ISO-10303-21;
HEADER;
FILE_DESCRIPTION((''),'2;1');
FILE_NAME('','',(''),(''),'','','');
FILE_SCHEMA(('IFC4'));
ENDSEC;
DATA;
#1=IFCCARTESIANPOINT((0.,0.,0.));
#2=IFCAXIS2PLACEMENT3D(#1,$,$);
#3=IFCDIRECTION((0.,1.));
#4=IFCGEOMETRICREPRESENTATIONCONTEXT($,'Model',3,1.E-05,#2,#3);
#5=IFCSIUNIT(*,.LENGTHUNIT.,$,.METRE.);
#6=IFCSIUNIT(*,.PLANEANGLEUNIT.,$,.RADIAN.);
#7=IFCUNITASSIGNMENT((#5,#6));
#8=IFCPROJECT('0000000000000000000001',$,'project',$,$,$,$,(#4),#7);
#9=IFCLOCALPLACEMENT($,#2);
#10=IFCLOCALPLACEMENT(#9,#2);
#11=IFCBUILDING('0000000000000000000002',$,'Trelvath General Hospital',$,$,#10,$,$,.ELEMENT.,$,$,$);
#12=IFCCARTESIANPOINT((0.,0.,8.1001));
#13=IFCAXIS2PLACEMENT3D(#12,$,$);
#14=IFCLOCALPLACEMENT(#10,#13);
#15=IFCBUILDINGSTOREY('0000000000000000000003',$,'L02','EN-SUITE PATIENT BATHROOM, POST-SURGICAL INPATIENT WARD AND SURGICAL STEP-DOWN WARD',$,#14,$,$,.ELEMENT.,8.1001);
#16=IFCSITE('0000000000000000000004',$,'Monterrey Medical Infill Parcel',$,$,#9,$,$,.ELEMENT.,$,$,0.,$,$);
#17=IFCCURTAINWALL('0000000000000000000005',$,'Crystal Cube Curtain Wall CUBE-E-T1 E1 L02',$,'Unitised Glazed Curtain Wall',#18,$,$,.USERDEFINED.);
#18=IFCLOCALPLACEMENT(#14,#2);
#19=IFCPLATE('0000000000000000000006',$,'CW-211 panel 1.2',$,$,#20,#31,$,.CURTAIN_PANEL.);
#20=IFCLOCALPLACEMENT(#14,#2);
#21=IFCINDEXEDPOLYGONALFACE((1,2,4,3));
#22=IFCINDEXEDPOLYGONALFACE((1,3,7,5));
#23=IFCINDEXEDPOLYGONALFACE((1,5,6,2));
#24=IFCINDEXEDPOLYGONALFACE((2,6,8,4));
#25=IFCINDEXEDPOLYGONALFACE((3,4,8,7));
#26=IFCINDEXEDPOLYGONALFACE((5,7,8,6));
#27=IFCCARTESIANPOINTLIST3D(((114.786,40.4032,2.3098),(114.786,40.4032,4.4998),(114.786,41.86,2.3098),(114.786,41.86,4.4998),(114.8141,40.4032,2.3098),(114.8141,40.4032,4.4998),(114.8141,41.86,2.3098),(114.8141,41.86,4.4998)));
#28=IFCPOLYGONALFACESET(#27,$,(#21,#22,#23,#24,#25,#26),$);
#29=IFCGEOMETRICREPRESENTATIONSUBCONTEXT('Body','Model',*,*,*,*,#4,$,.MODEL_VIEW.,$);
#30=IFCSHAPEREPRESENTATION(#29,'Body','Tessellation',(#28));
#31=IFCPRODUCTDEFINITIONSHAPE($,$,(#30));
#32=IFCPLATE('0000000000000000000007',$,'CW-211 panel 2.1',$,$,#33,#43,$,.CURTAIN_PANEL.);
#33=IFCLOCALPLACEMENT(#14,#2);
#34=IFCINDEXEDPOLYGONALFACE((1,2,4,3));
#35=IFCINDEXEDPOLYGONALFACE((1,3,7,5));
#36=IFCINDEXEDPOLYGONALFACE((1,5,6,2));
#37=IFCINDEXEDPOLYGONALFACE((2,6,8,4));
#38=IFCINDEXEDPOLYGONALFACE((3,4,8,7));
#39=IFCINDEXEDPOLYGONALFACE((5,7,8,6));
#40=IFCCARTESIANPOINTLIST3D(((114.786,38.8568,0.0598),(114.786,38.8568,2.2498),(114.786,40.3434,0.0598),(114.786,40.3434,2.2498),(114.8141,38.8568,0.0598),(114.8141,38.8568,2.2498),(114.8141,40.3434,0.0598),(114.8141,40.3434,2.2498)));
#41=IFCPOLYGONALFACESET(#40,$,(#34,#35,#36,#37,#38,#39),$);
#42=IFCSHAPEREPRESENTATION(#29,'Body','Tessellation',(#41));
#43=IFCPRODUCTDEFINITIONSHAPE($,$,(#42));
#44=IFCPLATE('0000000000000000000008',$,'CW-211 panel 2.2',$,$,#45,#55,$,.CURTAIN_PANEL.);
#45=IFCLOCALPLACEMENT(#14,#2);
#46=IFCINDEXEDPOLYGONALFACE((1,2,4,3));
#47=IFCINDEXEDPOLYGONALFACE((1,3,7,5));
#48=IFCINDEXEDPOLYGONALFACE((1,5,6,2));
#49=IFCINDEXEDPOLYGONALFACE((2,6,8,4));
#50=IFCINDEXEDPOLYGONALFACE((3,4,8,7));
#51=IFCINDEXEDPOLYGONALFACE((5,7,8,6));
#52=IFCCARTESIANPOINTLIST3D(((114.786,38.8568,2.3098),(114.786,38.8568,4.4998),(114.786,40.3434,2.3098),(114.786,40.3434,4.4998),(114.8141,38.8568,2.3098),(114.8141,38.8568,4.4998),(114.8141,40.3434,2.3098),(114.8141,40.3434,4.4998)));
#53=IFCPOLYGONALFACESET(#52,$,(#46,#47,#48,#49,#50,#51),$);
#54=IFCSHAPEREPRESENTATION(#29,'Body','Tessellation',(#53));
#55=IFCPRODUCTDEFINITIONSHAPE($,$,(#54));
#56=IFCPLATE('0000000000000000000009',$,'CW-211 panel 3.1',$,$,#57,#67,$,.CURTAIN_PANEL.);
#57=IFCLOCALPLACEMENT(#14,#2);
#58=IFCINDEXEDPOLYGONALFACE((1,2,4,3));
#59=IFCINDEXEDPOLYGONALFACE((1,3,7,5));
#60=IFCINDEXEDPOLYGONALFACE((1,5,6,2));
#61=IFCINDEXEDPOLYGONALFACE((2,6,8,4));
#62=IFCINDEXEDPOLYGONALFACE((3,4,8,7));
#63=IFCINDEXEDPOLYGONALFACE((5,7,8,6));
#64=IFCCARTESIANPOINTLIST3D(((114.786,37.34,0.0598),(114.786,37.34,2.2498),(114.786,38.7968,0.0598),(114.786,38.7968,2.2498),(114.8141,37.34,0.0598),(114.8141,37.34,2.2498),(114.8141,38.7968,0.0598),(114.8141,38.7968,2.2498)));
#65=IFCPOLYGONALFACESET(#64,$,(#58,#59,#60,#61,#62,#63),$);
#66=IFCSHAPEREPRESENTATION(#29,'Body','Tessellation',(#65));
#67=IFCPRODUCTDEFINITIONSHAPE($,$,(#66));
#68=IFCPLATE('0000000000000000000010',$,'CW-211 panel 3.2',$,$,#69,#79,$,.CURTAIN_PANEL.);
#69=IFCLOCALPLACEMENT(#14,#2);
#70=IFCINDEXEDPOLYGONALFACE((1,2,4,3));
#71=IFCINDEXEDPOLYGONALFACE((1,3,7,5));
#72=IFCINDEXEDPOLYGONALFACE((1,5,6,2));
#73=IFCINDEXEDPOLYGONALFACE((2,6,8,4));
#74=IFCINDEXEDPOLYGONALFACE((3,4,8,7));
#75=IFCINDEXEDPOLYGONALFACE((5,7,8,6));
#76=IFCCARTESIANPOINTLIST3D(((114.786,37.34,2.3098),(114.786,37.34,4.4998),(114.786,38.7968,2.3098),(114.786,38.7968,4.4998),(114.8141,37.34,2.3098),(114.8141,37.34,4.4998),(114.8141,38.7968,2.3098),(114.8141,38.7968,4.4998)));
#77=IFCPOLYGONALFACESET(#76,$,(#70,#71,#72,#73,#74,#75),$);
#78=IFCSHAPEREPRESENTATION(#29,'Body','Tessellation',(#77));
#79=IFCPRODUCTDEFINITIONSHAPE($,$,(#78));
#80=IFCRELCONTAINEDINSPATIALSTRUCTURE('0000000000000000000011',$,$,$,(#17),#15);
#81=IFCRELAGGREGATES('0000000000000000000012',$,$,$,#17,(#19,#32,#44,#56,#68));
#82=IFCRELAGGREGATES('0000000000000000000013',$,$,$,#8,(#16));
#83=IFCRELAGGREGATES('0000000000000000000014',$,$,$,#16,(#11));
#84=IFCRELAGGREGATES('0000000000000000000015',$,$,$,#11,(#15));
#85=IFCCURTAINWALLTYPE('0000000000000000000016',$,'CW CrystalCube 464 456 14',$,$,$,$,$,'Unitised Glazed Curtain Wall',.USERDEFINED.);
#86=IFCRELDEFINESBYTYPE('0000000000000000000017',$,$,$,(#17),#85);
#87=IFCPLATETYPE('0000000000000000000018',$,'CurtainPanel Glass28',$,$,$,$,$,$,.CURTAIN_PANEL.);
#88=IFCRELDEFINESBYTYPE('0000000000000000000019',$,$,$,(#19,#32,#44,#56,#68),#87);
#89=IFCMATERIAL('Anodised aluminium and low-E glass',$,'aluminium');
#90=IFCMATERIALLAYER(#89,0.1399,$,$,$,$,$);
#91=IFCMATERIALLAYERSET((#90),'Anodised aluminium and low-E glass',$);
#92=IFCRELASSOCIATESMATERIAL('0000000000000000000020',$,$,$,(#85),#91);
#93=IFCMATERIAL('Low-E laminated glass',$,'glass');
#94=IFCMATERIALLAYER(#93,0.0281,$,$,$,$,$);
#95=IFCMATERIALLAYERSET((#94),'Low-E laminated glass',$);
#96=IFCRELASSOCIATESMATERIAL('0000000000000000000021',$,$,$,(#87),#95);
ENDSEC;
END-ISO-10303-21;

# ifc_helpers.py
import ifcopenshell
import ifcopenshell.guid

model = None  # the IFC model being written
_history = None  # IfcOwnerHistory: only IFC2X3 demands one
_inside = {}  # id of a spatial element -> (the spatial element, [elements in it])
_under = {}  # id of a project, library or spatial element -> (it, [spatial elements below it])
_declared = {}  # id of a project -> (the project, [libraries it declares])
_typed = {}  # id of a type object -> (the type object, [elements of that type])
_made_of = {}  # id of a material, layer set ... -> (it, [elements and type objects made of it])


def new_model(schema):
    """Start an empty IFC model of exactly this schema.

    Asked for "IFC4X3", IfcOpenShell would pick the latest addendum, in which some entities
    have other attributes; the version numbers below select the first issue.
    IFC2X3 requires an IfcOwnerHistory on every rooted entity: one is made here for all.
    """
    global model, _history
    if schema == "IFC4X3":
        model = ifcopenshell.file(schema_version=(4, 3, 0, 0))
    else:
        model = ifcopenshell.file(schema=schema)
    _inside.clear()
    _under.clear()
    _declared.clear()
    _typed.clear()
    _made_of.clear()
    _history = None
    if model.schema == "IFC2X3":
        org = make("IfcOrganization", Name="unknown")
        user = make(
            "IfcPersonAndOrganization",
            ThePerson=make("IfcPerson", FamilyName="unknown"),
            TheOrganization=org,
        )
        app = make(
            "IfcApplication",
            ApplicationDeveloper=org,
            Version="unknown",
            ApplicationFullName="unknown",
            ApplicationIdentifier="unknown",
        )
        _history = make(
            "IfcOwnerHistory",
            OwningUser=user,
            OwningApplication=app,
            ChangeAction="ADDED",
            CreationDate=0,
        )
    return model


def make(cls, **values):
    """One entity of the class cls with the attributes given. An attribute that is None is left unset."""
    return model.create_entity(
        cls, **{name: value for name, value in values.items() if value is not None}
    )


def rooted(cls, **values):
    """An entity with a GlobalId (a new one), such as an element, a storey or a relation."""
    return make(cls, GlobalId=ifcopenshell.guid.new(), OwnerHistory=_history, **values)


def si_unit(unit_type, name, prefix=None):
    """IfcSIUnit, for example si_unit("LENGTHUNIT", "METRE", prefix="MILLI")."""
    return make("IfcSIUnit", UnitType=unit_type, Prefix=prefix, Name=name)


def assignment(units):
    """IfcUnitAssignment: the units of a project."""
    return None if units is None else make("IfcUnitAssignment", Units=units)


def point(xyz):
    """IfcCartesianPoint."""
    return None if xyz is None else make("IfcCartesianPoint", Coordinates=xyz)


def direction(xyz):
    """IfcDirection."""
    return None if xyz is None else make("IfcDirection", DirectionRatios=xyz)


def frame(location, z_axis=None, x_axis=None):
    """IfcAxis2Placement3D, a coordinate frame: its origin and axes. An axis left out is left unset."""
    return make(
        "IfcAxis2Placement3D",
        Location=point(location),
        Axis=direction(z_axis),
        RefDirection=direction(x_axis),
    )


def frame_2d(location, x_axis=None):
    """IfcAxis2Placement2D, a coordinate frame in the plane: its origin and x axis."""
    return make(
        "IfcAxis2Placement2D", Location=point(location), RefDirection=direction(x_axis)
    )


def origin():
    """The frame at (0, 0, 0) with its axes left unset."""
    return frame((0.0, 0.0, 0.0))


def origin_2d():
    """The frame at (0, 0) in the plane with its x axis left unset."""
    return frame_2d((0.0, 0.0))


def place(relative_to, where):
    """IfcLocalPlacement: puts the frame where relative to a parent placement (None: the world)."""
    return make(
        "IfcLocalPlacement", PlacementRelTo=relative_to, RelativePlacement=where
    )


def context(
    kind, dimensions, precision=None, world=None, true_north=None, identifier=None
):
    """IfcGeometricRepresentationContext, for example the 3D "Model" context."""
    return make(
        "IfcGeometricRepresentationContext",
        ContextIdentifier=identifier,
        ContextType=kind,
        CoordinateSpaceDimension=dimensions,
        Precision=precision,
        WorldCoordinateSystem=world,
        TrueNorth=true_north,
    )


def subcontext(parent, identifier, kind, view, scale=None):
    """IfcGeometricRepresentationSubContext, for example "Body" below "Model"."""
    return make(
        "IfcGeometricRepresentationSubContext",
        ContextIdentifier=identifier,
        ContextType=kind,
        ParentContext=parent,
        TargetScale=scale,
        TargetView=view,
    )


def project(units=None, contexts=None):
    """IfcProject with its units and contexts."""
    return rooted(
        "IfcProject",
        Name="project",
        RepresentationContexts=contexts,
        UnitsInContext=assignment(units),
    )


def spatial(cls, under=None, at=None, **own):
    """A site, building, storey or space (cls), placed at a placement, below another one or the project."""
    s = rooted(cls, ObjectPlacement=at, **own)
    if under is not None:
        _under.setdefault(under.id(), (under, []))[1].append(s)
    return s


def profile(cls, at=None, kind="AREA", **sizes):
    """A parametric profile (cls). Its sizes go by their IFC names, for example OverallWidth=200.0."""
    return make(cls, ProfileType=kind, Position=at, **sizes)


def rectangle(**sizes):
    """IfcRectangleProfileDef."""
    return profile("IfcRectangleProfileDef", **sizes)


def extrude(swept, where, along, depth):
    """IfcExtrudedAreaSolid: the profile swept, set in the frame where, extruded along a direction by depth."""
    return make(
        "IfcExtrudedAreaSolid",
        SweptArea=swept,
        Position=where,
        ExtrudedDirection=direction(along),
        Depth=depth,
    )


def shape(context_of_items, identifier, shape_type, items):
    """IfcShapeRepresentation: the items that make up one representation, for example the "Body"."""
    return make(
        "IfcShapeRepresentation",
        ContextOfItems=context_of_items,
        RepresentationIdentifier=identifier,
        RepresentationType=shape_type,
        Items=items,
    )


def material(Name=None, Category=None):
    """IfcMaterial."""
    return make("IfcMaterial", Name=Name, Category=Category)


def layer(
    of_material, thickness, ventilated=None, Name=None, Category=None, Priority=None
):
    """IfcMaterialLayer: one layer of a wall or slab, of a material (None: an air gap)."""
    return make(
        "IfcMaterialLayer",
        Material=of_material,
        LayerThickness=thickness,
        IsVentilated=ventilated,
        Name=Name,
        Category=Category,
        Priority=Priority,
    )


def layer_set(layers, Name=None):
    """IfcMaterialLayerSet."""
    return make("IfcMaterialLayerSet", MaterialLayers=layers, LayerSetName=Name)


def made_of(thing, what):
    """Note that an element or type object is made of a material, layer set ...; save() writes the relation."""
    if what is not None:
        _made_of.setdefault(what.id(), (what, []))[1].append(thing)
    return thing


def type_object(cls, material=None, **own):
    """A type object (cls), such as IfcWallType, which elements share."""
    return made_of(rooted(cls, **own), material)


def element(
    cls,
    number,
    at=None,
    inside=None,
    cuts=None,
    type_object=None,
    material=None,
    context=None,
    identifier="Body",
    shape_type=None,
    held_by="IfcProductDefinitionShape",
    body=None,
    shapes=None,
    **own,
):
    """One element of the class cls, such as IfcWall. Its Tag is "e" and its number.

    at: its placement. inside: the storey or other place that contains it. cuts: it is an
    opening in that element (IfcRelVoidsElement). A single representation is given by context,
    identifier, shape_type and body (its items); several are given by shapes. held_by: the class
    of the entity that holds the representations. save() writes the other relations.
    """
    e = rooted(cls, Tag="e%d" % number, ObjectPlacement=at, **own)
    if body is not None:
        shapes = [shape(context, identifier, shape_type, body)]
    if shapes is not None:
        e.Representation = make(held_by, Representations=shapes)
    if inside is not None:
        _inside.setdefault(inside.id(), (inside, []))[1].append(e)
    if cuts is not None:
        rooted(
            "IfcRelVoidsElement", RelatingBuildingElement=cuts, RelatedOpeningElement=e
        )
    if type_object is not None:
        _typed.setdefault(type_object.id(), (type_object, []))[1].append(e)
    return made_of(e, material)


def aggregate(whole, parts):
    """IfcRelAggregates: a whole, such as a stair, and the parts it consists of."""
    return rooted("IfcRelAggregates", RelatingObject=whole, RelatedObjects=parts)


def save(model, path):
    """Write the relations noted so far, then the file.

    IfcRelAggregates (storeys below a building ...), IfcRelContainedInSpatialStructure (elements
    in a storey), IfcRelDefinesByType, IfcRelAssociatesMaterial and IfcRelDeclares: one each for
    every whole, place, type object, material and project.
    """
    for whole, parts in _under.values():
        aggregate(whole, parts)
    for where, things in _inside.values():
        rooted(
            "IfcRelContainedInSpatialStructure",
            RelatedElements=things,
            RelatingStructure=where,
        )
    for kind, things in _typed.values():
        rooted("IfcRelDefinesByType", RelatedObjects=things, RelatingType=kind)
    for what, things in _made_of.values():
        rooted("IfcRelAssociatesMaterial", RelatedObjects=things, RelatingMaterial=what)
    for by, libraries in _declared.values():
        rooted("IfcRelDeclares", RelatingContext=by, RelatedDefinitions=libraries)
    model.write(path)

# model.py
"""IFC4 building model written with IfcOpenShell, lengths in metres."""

from ifc_helpers import new_model, si_unit, direction, frame, origin, origin_2d, place, context, subcontext, project, spatial, rectangle, extrude, material, layer, layer_set, type_object, element, aggregate, save


model = new_model("IFC4")

# Units and contexts
model_context = context("Model", 3, precision=1e-05, world=origin(), true_north=direction((0.0, 1.0)))
body_context = subcontext(model_context, "Body", "Model", "MODEL_VIEW")
ifc_project = project(units=[si_unit("LENGTHUNIT", "METRE"), si_unit("PLANEANGLEUNIT", "RADIAN")], contexts=[model_context])

# Site, building, storey
site_placement = place(None, origin())
site = spatial("IfcSite", under=ifc_project, at=site_placement, Name="Monterrey Medical Infill Parcel", CompositionType="ELEMENT", RefElevation=0.0)
building_placement = place(site_placement, origin())
building = spatial("IfcBuilding", under=site, at=building_placement, Name="Trelvath General Hospital", CompositionType="ELEMENT")
storey_placement = place(building_placement, frame((0.0, 0.0, 8.1001)))
storey = spatial("IfcBuildingStorey", under=building, at=storey_placement, Name="L02", Description="EN-SUITE PATIENT BATHROOM, POST-SURGICAL INPATIENT WARD AND SURGICAL STEP-DOWN WARD", CompositionType="ELEMENT", Elevation=8.1001)

# Curtain wall
ifc_material_1 = material(Name="Anodised aluminium and low-E glass", Category="aluminium")
ifc_layer_1 = layer(ifc_material_1, 0.1399)
ifc_layer_set_1 = layer_set([ifc_layer_1], Name="Anodised aluminium and low-E glass")
curtain_wall_type_1 = type_object("IfcCurtainWallType", Name="CW CrystalCube 464 456 14", ElementType="Unitised Glazed Curtain Wall", PredefinedType="USERDEFINED", material=ifc_layer_set_1)
curtain_wall_1_placement = place(storey_placement, origin())
curtain_wall_1 = element("IfcCurtainWall", 1, at=curtain_wall_1_placement, inside=storey, type_object=curtain_wall_type_1, Name="Crystal Cube Curtain Wall CUBE-E-T1 E1 L02", ObjectType="Unitised Glazed Curtain Wall", PredefinedType="USERDEFINED")

# Plates
ifc_material_2 = material(Name="Low-E laminated glass", Category="glass")
ifc_layer_2 = layer(ifc_material_2, 0.0281)
ifc_layer_set_2 = layer_set([ifc_layer_2], Name="Low-E laminated glass")
plate_type = type_object("IfcPlateType", Name="CurtainPanel Glass28", PredefinedType="CURTAIN_PANEL", material=ifc_layer_set_2)
plate_1_placement = place(storey_placement, frame((114.8, 41.1316, 2.3098), z_axis=(0.0, 0.0, 1.0), x_axis=(0.0, -1.0, 0.0)))
plate_1 = element("IfcPlate", 2, at=plate_1_placement, type_object=plate_type, Name="CW-211 panel 1.2", PredefinedType="CURTAIN_PANEL", context=body_context, shape_type="SweptSolid", body=[
    extrude(rectangle(XDim=1.4568, YDim=0.0281, at=origin_2d()), origin(), (0.0, 0.0, 1.0), 2.1899),
])
plate_2_placement = place(storey_placement, frame((114.8, 39.6001, 0.0598), z_axis=(0.0, 0.0, 1.0), x_axis=(0.0, -1.0, 0.0)))
plate_2 = element("IfcPlate", 3, at=plate_2_placement, type_object=plate_type, Name="CW-211 panel 2.1", PredefinedType="CURTAIN_PANEL", context=body_context, shape_type="SweptSolid", body=[
    extrude(rectangle(XDim=1.4866, YDim=0.0281, at=origin_2d()), origin(), (0.0, 0.0, 1.0), 2.1899),
])
plate_3_placement = place(storey_placement, frame((114.8, 39.6001, 2.3098), z_axis=(0.0, 0.0, 1.0), x_axis=(0.0, -1.0, 0.0)))
plate_3 = element("IfcPlate", 4, at=plate_3_placement, type_object=plate_type, Name="CW-211 panel 2.2", PredefinedType="CURTAIN_PANEL", context=body_context, shape_type="SweptSolid", body=[
    extrude(rectangle(XDim=1.4866, YDim=0.0281, at=origin_2d()), origin(), (0.0, 0.0, 1.0), 2.1899),
])
plate_4_placement = place(storey_placement, frame((114.8, 38.0684, 0.0598), z_axis=(0.0, 0.0, 1.0), x_axis=(0.0, -1.0, 0.0)))
plate_4 = element("IfcPlate", 5, at=plate_4_placement, type_object=plate_type, Name="CW-211 panel 3.1", PredefinedType="CURTAIN_PANEL", context=body_context, shape_type="SweptSolid", body=[
    extrude(rectangle(XDim=1.4568, YDim=0.0281, at=origin_2d()), origin(), (0.0, 0.0, 1.0), 2.1899),
])
plate_5_placement = place(storey_placement, frame((114.8, 38.0684, 2.3098), z_axis=(0.0, 0.0, 1.0), x_axis=(0.0, -1.0, 0.0)))
plate_5 = element("IfcPlate", 6, at=plate_5_placement, type_object=plate_type, Name="CW-211 panel 3.2", PredefinedType="CURTAIN_PANEL", context=body_context, shape_type="SweptSolid", body=[
    extrude(rectangle(XDim=1.4568, YDim=0.0281, at=origin_2d()), origin(), (0.0, 0.0, 1.0), 2.1899),
])
aggregate(curtain_wall_1, [plate_1, plate_2, plate_3, plate_4, plate_5])

save(model, "model.ifc")
